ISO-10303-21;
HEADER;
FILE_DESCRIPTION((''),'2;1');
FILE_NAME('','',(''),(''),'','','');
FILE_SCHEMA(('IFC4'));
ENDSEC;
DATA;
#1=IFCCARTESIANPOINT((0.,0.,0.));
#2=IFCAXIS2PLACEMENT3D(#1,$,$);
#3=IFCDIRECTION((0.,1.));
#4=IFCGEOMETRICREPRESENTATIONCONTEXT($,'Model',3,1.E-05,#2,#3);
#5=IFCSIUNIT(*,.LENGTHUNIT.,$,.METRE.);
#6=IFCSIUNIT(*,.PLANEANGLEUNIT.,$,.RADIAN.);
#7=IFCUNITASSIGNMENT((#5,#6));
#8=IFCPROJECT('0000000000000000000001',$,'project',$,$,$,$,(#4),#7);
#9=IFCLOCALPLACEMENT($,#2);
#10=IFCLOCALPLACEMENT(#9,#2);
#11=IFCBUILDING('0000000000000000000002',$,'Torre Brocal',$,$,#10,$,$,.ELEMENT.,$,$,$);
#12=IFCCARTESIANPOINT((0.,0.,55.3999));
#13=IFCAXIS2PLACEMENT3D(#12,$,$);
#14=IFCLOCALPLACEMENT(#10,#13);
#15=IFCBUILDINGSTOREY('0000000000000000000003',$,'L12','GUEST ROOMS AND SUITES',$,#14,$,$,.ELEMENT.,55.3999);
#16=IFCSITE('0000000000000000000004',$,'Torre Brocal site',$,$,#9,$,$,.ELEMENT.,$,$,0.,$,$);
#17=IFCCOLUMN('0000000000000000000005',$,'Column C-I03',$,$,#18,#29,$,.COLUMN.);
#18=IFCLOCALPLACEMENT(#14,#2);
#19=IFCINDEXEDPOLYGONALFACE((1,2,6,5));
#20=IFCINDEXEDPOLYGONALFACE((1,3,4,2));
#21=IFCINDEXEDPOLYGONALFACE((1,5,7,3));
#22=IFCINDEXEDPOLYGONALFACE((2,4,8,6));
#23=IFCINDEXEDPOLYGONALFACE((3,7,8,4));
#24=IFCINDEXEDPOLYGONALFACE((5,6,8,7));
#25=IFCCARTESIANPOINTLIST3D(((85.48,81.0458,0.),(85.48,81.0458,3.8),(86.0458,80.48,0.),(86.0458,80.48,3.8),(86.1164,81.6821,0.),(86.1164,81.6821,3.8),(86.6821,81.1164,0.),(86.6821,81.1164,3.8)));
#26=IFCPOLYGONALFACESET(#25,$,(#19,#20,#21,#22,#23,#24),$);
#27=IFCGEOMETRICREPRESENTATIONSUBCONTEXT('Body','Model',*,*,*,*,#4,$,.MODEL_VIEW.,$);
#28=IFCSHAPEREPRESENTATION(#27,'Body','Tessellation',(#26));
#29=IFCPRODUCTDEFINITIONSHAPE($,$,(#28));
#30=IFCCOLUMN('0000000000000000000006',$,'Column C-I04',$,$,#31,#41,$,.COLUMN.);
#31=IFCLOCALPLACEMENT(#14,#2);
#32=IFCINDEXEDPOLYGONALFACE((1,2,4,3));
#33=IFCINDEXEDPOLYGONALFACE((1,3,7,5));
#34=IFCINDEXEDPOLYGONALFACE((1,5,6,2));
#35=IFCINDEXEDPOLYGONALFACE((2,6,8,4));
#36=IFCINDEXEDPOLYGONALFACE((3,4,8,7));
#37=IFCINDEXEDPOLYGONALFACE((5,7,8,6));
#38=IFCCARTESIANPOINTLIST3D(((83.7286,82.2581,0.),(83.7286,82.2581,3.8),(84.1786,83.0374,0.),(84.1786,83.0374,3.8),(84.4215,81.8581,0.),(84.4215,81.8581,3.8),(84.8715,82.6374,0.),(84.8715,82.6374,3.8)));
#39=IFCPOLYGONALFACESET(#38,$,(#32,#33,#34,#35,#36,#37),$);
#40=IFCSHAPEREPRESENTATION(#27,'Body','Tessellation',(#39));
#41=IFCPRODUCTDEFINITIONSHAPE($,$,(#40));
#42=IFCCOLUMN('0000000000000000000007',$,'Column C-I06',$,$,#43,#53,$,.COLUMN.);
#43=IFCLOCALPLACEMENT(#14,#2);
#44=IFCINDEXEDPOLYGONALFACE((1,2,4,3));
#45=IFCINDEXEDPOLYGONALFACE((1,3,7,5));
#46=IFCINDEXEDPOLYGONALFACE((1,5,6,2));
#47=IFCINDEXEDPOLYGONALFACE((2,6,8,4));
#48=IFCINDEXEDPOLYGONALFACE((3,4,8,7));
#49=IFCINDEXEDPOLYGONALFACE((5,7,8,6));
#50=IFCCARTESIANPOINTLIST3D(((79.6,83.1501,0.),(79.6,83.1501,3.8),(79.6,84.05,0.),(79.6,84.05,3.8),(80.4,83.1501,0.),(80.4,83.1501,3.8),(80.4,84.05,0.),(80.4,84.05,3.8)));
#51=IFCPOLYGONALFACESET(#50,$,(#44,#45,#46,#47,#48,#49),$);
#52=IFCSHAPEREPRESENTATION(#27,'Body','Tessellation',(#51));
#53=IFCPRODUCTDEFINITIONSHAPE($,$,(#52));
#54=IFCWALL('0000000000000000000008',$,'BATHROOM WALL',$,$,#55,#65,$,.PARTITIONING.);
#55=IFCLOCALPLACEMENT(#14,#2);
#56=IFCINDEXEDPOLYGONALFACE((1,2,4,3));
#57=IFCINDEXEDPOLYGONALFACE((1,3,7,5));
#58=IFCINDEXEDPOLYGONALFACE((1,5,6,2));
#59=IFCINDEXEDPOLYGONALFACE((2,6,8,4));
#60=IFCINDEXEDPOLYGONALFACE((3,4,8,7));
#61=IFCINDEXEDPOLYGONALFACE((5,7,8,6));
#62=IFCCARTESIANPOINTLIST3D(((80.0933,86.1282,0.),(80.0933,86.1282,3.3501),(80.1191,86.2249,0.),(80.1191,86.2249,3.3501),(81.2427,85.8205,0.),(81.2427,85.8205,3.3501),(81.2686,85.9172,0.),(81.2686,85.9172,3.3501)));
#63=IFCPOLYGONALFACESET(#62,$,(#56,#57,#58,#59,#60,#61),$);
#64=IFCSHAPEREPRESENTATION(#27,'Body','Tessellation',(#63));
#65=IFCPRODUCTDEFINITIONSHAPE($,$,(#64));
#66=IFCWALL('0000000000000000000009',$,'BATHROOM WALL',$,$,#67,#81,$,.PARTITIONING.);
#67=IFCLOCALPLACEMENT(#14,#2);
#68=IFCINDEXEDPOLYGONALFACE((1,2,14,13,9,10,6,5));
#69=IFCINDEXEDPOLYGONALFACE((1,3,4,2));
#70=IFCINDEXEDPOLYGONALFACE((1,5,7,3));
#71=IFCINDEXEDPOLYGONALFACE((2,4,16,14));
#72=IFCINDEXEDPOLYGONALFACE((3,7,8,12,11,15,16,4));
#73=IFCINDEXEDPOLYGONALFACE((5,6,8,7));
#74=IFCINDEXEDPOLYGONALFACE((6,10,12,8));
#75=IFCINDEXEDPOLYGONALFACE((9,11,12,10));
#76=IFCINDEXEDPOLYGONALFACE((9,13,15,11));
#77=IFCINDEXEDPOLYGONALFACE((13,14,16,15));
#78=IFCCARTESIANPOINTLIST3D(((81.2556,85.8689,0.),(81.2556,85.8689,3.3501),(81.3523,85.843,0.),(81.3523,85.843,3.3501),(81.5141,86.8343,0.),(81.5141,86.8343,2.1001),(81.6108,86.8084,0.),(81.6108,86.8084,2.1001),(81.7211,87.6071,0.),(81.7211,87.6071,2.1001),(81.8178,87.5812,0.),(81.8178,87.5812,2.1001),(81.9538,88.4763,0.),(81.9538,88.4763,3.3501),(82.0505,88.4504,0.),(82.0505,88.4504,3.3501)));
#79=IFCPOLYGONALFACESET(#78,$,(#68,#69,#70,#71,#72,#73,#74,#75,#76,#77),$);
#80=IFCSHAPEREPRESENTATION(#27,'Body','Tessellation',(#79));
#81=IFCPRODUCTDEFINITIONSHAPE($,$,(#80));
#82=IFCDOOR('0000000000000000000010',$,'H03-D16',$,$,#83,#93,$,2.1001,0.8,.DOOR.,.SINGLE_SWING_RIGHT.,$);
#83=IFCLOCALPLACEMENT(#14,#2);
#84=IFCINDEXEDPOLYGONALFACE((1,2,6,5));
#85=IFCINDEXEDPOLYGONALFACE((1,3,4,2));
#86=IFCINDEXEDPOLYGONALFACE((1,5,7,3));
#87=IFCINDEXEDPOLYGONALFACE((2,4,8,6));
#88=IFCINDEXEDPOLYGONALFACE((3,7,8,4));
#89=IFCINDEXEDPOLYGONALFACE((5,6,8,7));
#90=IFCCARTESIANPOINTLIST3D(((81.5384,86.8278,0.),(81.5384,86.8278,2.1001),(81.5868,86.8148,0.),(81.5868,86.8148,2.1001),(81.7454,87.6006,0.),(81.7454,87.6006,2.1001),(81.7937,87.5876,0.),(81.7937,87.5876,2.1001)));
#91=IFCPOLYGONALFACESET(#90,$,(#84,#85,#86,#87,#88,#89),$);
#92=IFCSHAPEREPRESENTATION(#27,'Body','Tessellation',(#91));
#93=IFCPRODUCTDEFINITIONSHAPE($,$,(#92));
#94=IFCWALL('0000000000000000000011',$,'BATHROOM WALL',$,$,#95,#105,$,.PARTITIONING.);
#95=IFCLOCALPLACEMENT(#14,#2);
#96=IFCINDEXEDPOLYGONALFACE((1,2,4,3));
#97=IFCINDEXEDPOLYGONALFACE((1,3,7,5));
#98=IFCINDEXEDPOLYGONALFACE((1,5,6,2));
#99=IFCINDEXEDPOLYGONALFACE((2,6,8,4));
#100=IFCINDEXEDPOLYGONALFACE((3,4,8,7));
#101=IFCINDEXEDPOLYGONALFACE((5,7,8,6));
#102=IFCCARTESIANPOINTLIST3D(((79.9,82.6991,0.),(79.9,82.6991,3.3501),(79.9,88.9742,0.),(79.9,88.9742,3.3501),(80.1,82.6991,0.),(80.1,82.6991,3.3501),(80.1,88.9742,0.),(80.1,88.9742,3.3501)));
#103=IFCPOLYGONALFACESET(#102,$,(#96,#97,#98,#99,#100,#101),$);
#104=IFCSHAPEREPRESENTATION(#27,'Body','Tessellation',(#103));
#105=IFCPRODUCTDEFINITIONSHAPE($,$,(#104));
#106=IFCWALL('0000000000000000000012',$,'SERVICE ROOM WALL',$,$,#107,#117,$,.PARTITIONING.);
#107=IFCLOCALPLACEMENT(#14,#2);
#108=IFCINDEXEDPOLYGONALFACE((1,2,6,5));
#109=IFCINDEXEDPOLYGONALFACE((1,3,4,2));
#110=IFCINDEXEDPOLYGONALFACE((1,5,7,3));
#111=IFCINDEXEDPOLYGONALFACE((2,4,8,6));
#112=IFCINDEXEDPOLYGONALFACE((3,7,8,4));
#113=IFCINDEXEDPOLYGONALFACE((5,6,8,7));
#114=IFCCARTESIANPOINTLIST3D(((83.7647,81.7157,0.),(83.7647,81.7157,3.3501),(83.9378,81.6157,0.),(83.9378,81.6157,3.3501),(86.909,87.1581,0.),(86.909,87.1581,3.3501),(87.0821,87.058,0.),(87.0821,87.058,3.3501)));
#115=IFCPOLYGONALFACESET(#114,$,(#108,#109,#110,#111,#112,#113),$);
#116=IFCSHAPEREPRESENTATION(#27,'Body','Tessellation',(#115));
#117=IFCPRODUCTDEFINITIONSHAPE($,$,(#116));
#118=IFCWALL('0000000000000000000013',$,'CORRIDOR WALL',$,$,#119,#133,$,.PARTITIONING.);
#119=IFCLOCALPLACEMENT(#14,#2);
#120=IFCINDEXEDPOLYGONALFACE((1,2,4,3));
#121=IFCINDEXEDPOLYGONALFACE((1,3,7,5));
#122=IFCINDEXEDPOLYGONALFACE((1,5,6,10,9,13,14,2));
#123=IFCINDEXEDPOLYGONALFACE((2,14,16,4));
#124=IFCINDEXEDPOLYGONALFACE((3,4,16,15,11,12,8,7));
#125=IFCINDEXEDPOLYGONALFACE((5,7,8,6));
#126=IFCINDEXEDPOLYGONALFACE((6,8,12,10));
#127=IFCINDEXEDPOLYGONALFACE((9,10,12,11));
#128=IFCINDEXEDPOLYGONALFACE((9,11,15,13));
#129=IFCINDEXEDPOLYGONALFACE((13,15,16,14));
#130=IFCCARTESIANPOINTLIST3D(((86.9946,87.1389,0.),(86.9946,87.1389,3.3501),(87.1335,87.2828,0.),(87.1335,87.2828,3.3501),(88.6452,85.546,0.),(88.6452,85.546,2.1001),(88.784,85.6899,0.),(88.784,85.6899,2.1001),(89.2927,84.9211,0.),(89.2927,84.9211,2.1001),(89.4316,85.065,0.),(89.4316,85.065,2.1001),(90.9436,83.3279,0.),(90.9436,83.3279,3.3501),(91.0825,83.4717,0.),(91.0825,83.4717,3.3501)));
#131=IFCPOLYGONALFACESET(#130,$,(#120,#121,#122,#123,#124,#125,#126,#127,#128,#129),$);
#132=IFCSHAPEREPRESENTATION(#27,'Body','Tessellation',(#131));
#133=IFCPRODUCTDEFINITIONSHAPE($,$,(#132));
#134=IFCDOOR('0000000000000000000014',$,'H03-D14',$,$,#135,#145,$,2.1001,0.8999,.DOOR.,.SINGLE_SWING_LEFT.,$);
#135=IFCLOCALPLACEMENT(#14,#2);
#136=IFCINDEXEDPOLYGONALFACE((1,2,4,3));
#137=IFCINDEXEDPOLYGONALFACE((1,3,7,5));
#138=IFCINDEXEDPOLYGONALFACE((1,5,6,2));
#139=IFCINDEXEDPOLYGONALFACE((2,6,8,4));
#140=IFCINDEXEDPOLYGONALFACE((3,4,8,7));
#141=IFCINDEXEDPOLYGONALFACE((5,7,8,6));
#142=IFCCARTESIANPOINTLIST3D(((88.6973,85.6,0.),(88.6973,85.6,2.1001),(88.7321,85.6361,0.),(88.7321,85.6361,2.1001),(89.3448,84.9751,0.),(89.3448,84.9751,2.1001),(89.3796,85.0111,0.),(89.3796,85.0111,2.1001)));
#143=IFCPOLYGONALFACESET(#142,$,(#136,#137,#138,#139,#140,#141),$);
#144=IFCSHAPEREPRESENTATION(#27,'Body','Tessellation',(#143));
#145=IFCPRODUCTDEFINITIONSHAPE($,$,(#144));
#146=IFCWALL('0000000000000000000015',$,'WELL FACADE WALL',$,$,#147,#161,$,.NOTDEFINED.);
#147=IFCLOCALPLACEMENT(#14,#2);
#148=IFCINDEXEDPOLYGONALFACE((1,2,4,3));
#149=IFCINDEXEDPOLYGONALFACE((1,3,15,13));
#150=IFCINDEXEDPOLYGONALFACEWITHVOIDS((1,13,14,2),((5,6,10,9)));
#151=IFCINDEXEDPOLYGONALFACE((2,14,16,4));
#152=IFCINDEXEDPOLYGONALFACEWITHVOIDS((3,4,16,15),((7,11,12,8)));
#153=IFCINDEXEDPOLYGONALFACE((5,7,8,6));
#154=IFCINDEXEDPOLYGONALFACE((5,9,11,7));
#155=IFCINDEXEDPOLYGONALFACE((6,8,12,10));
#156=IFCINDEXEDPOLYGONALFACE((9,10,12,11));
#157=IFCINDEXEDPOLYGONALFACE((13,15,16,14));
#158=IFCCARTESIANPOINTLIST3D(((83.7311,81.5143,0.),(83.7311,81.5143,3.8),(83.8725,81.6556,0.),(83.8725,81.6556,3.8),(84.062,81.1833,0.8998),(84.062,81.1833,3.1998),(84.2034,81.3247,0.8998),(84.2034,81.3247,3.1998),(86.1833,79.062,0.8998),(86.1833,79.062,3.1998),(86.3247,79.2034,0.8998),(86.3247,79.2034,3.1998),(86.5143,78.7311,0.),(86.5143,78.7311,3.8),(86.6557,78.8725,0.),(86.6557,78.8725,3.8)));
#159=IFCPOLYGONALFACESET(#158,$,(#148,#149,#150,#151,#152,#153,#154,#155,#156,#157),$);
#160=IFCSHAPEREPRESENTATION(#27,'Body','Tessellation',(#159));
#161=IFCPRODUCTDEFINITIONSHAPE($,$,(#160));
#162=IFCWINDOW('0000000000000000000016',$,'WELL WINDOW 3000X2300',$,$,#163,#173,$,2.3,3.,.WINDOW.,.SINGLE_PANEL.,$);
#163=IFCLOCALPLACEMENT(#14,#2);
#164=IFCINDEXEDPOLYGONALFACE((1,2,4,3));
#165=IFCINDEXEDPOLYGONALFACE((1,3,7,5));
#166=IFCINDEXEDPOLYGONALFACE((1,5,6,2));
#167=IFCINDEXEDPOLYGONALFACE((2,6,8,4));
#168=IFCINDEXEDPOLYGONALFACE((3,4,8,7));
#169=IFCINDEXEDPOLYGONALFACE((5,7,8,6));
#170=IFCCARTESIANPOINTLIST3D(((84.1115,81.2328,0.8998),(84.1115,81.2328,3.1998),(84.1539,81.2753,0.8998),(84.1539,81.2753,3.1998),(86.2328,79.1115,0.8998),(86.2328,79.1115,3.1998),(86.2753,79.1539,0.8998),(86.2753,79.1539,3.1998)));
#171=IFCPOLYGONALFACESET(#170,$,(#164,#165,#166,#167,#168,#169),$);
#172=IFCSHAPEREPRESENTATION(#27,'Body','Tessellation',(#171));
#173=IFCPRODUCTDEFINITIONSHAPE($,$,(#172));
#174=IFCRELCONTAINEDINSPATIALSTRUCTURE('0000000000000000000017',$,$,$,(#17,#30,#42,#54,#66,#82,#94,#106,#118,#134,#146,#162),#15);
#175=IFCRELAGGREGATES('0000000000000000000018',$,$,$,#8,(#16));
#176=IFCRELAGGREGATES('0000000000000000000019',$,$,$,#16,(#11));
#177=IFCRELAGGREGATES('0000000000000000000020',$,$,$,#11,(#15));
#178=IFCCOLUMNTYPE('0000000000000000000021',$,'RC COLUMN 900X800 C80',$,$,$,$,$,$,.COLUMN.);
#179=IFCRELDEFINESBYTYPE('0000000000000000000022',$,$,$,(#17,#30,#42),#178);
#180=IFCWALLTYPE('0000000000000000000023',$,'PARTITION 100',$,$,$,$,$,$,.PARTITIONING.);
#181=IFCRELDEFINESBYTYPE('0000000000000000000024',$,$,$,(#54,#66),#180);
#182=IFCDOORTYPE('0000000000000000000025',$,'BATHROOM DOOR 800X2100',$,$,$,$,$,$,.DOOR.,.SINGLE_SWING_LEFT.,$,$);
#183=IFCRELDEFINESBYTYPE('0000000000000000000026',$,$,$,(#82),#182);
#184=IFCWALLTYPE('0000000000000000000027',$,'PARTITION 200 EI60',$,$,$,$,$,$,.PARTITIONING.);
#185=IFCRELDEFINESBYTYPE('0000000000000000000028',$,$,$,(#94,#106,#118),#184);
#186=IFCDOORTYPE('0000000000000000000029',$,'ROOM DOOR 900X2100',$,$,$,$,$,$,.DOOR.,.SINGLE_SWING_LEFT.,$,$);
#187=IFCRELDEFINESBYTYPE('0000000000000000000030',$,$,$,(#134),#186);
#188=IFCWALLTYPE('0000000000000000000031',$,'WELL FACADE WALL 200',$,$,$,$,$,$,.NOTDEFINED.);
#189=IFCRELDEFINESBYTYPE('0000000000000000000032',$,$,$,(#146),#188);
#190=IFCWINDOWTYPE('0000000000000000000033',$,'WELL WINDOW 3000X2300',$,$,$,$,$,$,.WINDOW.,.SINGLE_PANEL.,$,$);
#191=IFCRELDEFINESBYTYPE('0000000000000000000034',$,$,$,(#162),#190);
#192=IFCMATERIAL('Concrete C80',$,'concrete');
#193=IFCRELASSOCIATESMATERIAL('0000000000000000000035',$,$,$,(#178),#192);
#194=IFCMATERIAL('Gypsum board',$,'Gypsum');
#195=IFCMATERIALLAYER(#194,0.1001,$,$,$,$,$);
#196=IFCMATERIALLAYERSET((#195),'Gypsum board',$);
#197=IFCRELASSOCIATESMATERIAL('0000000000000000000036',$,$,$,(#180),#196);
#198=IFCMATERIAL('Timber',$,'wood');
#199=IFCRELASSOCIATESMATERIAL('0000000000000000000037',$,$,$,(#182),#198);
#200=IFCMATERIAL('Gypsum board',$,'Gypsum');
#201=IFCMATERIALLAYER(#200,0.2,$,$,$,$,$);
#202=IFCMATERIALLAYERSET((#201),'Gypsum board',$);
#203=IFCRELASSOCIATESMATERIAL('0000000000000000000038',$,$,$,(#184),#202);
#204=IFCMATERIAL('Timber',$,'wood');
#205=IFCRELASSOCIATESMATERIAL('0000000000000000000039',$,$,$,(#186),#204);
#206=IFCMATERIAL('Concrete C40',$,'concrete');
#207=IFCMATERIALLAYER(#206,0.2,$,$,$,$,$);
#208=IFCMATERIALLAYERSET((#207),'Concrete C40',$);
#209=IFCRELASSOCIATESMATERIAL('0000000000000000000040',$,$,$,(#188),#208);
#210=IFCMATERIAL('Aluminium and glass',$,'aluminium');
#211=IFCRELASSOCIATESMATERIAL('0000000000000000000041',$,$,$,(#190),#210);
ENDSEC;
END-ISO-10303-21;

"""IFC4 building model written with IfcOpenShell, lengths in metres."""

from ifc_helpers import new_model, si_unit, direction, frame, frame_2d, origin, origin_2d, place, context, subcontext, project, spatial, rectangle, extrude, material, layer, layer_set, material_profile, profile_set, type_object, element, fill, save


model = new_model("IFC4")

# Units and contexts
model_context = context("Model", 3, precision=1e-05, world=origin(), true_north=direction((0.0, 1.0)))
body_context = subcontext(model_context, "Body", "Model", "MODEL_VIEW")
ifc_project = project(units=[si_unit("LENGTHUNIT", "METRE"), si_unit("PLANEANGLEUNIT", "RADIAN")], contexts=[model_context])

# Site, building, storey
site_placement = place(None, origin())
site = spatial("IfcSite", under=ifc_project, at=site_placement, Name="Torre Brocal site", CompositionType="ELEMENT", RefElevation=0.0)
building_placement = place(site_placement, origin())
building = spatial("IfcBuilding", under=site, at=building_placement, Name="Torre Brocal", CompositionType="ELEMENT")
storey_placement = place(building_placement, frame((0.0, 0.0, 55.3999)))
storey = spatial("IfcBuildingStorey", under=building, at=storey_placement, Name="L12", Description="GUEST ROOMS AND SUITES", CompositionType="ELEMENT", Elevation=55.3999)

# Columns
ifc_material_1 = material(Name="Concrete C80", Category="concrete")
ifc_material_profile = material_profile(ifc_material_1, rectangle(XDim=0.8999, YDim=0.8, at=origin_2d()), Name="RC 900X800")
ifc_profile_set = profile_set([ifc_material_profile], Name="Concrete C80")
column_type = type_object("IfcColumnType", Name="RC COLUMN 900X800 C80", PredefinedType="COLUMN", material=ifc_profile_set)
for number, where, z_axis, x_axis, name in (
    (1, (86.0811, 81.0811, 0.0), (0.0, 0.0, 1.0), (0.707107, 0.707107, 0.0), "Column C-I03"),
    (2, (84.3, 82.4478, 0.0), (0.0, 0.0, 1.0), (0.5, 0.866025, 0.0), "Column C-I04"),
    (3, (80.0, 83.6001, 0.0), (0.0, 0.0, 1.0), (0.0, 1.0, 0.0), "Column C-I06"),
):
    element("IfcColumn", number, at=place(storey_placement, frame(where, z_axis=z_axis, x_axis=x_axis)), inside=storey, type_object=column_type, Name=name, PredefinedType="COLUMN", context=body_context, shape_type="SweptSolid", body=[
        extrude(rectangle(XDim=0.8999, YDim=0.8, at=origin_2d()), origin(), (0.0, 0.0, 1.0), 3.8),
    ])

# Wall
ifc_material_2 = material(Name="Gypsum board", Category="Gypsum")
ifc_layer_1 = layer(ifc_material_2, 0.1001)
ifc_layer_set_1 = layer_set([ifc_layer_1], Name="Gypsum board")
wall_type_1 = type_object("IfcWallType", Name="PARTITION 100", PredefinedType="PARTITIONING", material=ifc_layer_set_1)
wall_1_placement = place(storey_placement, frame((80.1062, 86.1765, 0.0), z_axis=(0.0, 0.0, 1.0), x_axis=(0.966003, -0.258531, 0.0)))
element("IfcWall", 4, at=wall_1_placement, inside=storey, type_object=wall_type_1, Name="BATHROOM WALL", PredefinedType="PARTITIONING", context=body_context, shape_type="SweptSolid", body=[
    extrude(rectangle(XDim=1.1899, YDim=0.1001, at=frame_2d((0.595, 0.0))), origin(), (0.0, 0.0, 1.0), 3.3501),
])

# Wall, opening, door
wall_2_placement = place(storey_placement, frame((81.304, 85.856, 0.0), z_axis=(0.0, 0.0, 1.0), x_axis=(0.258676, 0.965964, 0.0)))
wall_2 = element("IfcWall", 5, at=wall_2_placement, inside=storey, type_object=wall_type_1, Name="BATHROOM WALL", PredefinedType="PARTITIONING", context=body_context, shape_type="SweptSolid", body=[
    extrude(rectangle(XDim=2.6992, YDim=0.1001, at=frame_2d((1.3496, 0.0))), origin(), (0.0, 0.0, 1.0), 3.3501),
])
opening_1_placement = place(wall_2_placement, frame((0.9995, 0.0, 0.0)))
opening_1 = element("IfcOpeningElement", 6, at=opening_1_placement, cuts=wall_2, PredefinedType="OPENING", context=body_context, shape_type="SweptSolid", body=[
    extrude(rectangle(XDim=0.8, YDim=2.1001, at=frame_2d((0.3999, 1.05))), frame((0.0, 0.0601, 0.0), z_axis=(0.0, -1.0, 0.0), x_axis=(1.0, 0.0, 0.0)), (0.0, 0.0, 1.0), 0.1201),
])
ifc_material_3 = material(Name="Timber", Category="wood")
door_type_1 = type_object("IfcDoorType", Name="BATHROOM DOOR 800X2100", OperationType="SINGLE_SWING_LEFT", PredefinedType="DOOR", material=ifc_material_3)
door_1_placement = place(opening_1_placement, origin())
door_1 = element("IfcDoor", 7, at=door_1_placement, inside=storey, type_object=door_type_1, Name="H03-D16", OperationType="SINGLE_SWING_RIGHT", OverallHeight=2.1001, OverallWidth=0.8, PredefinedType="DOOR", context=body_context, shape_type="SweptSolid", body=[
    extrude(rectangle(XDim=0.8, YDim=2.1001, at=frame_2d((0.3999, 1.05))), frame((0.0, 0.0249, 0.0), z_axis=(0.0, -1.0, 0.0), x_axis=(1.0, 0.0, 0.0)), (0.0, 0.0, 1.0), 0.05),
])
fill(opening_1, door_1)

# Walls
ifc_material_4 = material(Name="Gypsum board", Category="Gypsum")
ifc_layer_2 = layer(ifc_material_4, 0.2)
ifc_layer_set_2 = layer_set([ifc_layer_2], Name="Gypsum board")
wall_type_2 = type_object("IfcWallType", Name="PARTITION 200 EI60", PredefinedType="PARTITIONING", material=ifc_layer_set_2)
wall_3_placement = place(storey_placement, frame((80.0, 82.699, 0.0), z_axis=(0.0, 0.0, 1.0), x_axis=(0.0, 1.0, 0.0)))
element("IfcWall", 8, at=wall_3_placement, inside=storey, type_object=wall_type_2, Name="BATHROOM WALL", PredefinedType="PARTITIONING", context=body_context, shape_type="SweptSolid", body=[
    extrude(rectangle(XDim=6.2751, YDim=0.2, at=frame_2d((3.1377, 0.0))), origin(), (0.0, 0.0, 1.0), 3.3501),
])
wall_4_placement = place(storey_placement, frame((83.8513, 81.6658, 0.0), z_axis=(0.0, 0.0, 1.0), x_axis=(0.500254, 0.865879, 0.0)))
element("IfcWall", 9, at=wall_4_placement, inside=storey, type_object=wall_type_2, Name="SERVICE ROOM WALL", PredefinedType="PARTITIONING", context=body_context, shape_type="SweptSolid", body=[
    extrude(rectangle(XDim=6.2854, YDim=0.2, at=frame_2d((3.1426, 0.0))), origin(), (0.0, 0.0, 1.0), 3.3501),
])

# Wall, opening, door
wall_5_placement = place(storey_placement, frame((87.064, 87.2109, 0.0), z_axis=(0.0, 0.0, 1.0), x_axis=(0.719562, -0.694428, 0.0)))
wall_5 = element("IfcWall", 10, at=wall_5_placement, inside=storey, type_object=wall_type_2, Name="CORRIDOR WALL", PredefinedType="PARTITIONING", context=body_context, shape_type="SweptSolid", body=[
    extrude(rectangle(XDim=5.488, YDim=0.2, at=frame_2d((2.7441, 0.0))), origin(), (0.0, 0.0, 1.0), 3.3501),
])
opening_2_placement = place(wall_5_placement, frame((2.2939, 0.0, 0.0)))
opening_2 = element("IfcOpeningElement", 11, at=opening_2_placement, cuts=wall_5, PredefinedType="OPENING", context=body_context, shape_type="SweptSolid", body=[
    extrude(rectangle(XDim=0.8999, YDim=2.1001, at=frame_2d((0.45, 1.05))), frame((0.0, 0.1099, 0.0), z_axis=(0.0, -1.0, 0.0), x_axis=(1.0, 0.0, 0.0)), (0.0, 0.0, 1.0), 0.22),
])
ifc_material_5 = material(Name="Timber", Category="wood")
door_type_2 = type_object("IfcDoorType", Name="ROOM DOOR 900X2100", OperationType="SINGLE_SWING_LEFT", PredefinedType="DOOR", material=ifc_material_5)
door_2_placement = place(opening_2_placement, frame((0.8999, 0.0, 0.0), z_axis=(0.0, 0.0, 1.0), x_axis=(-1.0, 0.0, 0.0)))
door_2 = element("IfcDoor", 12, at=door_2_placement, inside=storey, type_object=door_type_2, Name="H03-D14", OperationType="SINGLE_SWING_LEFT", OverallHeight=2.1001, OverallWidth=0.8999, PredefinedType="DOOR", context=body_context, shape_type="SweptSolid", body=[
    extrude(rectangle(XDim=0.8999, YDim=2.1001, at=frame_2d((0.45, 1.05))), frame((0.0, 0.0249, 0.0), z_axis=(0.0, -1.0, 0.0), x_axis=(1.0, 0.0, 0.0)), (0.0, 0.0, 1.0), 0.05),
])
fill(opening_2, door_2)

# Wall, opening, window
ifc_material_6 = material(Name="Concrete C40", Category="concrete")
ifc_layer_3 = layer(ifc_material_6, 0.2)
ifc_layer_set_3 = layer_set([ifc_layer_3], Name="Concrete C40")
wall_type_3 = type_object("IfcWallType", Name="WELL FACADE WALL 200", PredefinedType="NOTDEFINED", material=ifc_layer_set_3)
wall_6_placement = place(storey_placement, frame((86.585, 78.8018, 0.0), z_axis=(0.0, 0.0, 1.0), x_axis=(-0.707107, 0.707107, 0.0)))
wall_6 = element("IfcWall", 13, at=wall_6_placement, inside=storey, type_object=wall_type_3, Name="WELL FACADE WALL", PredefinedType="NOTDEFINED", context=body_context, shape_type="SweptSolid", body=[
    extrude(rectangle(XDim=3.936, YDim=0.2, at=frame_2d((1.968, 0.0))), origin(), (0.0, 0.0, 1.0), 3.8),
])
opening_3_placement = place(wall_6_placement, frame((0.468, 0.0, 0.8999)))
opening_3 = element("IfcOpeningElement", 14, at=opening_3_placement, cuts=wall_6, PredefinedType="OPENING", context=body_context, shape_type="SweptSolid", body=[
    extrude(rectangle(XDim=3.0, YDim=2.3, at=frame_2d((1.5, 1.1499))), frame((0.0, 0.1099, 0.0), z_axis=(0.0, -1.0, 0.0), x_axis=(1.0, 0.0, 0.0)), (0.0, 0.0, 1.0), 0.22),
])
ifc_material_7 = material(Name="Aluminium and glass", Category="aluminium")
window_type = type_object("IfcWindowType", Name="WELL WINDOW 3000X2300", PartitioningType="SINGLE_PANEL", PredefinedType="WINDOW", material=ifc_material_7)
window_1_placement = place(opening_3_placement, origin())
window_1 = element("IfcWindow", 15, at=window_1_placement, inside=storey, type_object=window_type, Name="WELL WINDOW 3000X2300", OverallHeight=2.3, OverallWidth=3.0, PartitioningType="SINGLE_PANEL", PredefinedType="WINDOW", context=body_context, shape_type="SweptSolid", body=[
    extrude(rectangle(XDim=3.0, YDim=2.3, at=frame_2d((1.5, 1.1499))), frame((0.0, 0.03, 0.0), z_axis=(0.0, -1.0, 0.0), x_axis=(1.0, 0.0, 0.0)), (0.0, 0.0, 1.0), 0.0601),
])
fill(opening_3, window_1)

save(model, "model.ifc")
